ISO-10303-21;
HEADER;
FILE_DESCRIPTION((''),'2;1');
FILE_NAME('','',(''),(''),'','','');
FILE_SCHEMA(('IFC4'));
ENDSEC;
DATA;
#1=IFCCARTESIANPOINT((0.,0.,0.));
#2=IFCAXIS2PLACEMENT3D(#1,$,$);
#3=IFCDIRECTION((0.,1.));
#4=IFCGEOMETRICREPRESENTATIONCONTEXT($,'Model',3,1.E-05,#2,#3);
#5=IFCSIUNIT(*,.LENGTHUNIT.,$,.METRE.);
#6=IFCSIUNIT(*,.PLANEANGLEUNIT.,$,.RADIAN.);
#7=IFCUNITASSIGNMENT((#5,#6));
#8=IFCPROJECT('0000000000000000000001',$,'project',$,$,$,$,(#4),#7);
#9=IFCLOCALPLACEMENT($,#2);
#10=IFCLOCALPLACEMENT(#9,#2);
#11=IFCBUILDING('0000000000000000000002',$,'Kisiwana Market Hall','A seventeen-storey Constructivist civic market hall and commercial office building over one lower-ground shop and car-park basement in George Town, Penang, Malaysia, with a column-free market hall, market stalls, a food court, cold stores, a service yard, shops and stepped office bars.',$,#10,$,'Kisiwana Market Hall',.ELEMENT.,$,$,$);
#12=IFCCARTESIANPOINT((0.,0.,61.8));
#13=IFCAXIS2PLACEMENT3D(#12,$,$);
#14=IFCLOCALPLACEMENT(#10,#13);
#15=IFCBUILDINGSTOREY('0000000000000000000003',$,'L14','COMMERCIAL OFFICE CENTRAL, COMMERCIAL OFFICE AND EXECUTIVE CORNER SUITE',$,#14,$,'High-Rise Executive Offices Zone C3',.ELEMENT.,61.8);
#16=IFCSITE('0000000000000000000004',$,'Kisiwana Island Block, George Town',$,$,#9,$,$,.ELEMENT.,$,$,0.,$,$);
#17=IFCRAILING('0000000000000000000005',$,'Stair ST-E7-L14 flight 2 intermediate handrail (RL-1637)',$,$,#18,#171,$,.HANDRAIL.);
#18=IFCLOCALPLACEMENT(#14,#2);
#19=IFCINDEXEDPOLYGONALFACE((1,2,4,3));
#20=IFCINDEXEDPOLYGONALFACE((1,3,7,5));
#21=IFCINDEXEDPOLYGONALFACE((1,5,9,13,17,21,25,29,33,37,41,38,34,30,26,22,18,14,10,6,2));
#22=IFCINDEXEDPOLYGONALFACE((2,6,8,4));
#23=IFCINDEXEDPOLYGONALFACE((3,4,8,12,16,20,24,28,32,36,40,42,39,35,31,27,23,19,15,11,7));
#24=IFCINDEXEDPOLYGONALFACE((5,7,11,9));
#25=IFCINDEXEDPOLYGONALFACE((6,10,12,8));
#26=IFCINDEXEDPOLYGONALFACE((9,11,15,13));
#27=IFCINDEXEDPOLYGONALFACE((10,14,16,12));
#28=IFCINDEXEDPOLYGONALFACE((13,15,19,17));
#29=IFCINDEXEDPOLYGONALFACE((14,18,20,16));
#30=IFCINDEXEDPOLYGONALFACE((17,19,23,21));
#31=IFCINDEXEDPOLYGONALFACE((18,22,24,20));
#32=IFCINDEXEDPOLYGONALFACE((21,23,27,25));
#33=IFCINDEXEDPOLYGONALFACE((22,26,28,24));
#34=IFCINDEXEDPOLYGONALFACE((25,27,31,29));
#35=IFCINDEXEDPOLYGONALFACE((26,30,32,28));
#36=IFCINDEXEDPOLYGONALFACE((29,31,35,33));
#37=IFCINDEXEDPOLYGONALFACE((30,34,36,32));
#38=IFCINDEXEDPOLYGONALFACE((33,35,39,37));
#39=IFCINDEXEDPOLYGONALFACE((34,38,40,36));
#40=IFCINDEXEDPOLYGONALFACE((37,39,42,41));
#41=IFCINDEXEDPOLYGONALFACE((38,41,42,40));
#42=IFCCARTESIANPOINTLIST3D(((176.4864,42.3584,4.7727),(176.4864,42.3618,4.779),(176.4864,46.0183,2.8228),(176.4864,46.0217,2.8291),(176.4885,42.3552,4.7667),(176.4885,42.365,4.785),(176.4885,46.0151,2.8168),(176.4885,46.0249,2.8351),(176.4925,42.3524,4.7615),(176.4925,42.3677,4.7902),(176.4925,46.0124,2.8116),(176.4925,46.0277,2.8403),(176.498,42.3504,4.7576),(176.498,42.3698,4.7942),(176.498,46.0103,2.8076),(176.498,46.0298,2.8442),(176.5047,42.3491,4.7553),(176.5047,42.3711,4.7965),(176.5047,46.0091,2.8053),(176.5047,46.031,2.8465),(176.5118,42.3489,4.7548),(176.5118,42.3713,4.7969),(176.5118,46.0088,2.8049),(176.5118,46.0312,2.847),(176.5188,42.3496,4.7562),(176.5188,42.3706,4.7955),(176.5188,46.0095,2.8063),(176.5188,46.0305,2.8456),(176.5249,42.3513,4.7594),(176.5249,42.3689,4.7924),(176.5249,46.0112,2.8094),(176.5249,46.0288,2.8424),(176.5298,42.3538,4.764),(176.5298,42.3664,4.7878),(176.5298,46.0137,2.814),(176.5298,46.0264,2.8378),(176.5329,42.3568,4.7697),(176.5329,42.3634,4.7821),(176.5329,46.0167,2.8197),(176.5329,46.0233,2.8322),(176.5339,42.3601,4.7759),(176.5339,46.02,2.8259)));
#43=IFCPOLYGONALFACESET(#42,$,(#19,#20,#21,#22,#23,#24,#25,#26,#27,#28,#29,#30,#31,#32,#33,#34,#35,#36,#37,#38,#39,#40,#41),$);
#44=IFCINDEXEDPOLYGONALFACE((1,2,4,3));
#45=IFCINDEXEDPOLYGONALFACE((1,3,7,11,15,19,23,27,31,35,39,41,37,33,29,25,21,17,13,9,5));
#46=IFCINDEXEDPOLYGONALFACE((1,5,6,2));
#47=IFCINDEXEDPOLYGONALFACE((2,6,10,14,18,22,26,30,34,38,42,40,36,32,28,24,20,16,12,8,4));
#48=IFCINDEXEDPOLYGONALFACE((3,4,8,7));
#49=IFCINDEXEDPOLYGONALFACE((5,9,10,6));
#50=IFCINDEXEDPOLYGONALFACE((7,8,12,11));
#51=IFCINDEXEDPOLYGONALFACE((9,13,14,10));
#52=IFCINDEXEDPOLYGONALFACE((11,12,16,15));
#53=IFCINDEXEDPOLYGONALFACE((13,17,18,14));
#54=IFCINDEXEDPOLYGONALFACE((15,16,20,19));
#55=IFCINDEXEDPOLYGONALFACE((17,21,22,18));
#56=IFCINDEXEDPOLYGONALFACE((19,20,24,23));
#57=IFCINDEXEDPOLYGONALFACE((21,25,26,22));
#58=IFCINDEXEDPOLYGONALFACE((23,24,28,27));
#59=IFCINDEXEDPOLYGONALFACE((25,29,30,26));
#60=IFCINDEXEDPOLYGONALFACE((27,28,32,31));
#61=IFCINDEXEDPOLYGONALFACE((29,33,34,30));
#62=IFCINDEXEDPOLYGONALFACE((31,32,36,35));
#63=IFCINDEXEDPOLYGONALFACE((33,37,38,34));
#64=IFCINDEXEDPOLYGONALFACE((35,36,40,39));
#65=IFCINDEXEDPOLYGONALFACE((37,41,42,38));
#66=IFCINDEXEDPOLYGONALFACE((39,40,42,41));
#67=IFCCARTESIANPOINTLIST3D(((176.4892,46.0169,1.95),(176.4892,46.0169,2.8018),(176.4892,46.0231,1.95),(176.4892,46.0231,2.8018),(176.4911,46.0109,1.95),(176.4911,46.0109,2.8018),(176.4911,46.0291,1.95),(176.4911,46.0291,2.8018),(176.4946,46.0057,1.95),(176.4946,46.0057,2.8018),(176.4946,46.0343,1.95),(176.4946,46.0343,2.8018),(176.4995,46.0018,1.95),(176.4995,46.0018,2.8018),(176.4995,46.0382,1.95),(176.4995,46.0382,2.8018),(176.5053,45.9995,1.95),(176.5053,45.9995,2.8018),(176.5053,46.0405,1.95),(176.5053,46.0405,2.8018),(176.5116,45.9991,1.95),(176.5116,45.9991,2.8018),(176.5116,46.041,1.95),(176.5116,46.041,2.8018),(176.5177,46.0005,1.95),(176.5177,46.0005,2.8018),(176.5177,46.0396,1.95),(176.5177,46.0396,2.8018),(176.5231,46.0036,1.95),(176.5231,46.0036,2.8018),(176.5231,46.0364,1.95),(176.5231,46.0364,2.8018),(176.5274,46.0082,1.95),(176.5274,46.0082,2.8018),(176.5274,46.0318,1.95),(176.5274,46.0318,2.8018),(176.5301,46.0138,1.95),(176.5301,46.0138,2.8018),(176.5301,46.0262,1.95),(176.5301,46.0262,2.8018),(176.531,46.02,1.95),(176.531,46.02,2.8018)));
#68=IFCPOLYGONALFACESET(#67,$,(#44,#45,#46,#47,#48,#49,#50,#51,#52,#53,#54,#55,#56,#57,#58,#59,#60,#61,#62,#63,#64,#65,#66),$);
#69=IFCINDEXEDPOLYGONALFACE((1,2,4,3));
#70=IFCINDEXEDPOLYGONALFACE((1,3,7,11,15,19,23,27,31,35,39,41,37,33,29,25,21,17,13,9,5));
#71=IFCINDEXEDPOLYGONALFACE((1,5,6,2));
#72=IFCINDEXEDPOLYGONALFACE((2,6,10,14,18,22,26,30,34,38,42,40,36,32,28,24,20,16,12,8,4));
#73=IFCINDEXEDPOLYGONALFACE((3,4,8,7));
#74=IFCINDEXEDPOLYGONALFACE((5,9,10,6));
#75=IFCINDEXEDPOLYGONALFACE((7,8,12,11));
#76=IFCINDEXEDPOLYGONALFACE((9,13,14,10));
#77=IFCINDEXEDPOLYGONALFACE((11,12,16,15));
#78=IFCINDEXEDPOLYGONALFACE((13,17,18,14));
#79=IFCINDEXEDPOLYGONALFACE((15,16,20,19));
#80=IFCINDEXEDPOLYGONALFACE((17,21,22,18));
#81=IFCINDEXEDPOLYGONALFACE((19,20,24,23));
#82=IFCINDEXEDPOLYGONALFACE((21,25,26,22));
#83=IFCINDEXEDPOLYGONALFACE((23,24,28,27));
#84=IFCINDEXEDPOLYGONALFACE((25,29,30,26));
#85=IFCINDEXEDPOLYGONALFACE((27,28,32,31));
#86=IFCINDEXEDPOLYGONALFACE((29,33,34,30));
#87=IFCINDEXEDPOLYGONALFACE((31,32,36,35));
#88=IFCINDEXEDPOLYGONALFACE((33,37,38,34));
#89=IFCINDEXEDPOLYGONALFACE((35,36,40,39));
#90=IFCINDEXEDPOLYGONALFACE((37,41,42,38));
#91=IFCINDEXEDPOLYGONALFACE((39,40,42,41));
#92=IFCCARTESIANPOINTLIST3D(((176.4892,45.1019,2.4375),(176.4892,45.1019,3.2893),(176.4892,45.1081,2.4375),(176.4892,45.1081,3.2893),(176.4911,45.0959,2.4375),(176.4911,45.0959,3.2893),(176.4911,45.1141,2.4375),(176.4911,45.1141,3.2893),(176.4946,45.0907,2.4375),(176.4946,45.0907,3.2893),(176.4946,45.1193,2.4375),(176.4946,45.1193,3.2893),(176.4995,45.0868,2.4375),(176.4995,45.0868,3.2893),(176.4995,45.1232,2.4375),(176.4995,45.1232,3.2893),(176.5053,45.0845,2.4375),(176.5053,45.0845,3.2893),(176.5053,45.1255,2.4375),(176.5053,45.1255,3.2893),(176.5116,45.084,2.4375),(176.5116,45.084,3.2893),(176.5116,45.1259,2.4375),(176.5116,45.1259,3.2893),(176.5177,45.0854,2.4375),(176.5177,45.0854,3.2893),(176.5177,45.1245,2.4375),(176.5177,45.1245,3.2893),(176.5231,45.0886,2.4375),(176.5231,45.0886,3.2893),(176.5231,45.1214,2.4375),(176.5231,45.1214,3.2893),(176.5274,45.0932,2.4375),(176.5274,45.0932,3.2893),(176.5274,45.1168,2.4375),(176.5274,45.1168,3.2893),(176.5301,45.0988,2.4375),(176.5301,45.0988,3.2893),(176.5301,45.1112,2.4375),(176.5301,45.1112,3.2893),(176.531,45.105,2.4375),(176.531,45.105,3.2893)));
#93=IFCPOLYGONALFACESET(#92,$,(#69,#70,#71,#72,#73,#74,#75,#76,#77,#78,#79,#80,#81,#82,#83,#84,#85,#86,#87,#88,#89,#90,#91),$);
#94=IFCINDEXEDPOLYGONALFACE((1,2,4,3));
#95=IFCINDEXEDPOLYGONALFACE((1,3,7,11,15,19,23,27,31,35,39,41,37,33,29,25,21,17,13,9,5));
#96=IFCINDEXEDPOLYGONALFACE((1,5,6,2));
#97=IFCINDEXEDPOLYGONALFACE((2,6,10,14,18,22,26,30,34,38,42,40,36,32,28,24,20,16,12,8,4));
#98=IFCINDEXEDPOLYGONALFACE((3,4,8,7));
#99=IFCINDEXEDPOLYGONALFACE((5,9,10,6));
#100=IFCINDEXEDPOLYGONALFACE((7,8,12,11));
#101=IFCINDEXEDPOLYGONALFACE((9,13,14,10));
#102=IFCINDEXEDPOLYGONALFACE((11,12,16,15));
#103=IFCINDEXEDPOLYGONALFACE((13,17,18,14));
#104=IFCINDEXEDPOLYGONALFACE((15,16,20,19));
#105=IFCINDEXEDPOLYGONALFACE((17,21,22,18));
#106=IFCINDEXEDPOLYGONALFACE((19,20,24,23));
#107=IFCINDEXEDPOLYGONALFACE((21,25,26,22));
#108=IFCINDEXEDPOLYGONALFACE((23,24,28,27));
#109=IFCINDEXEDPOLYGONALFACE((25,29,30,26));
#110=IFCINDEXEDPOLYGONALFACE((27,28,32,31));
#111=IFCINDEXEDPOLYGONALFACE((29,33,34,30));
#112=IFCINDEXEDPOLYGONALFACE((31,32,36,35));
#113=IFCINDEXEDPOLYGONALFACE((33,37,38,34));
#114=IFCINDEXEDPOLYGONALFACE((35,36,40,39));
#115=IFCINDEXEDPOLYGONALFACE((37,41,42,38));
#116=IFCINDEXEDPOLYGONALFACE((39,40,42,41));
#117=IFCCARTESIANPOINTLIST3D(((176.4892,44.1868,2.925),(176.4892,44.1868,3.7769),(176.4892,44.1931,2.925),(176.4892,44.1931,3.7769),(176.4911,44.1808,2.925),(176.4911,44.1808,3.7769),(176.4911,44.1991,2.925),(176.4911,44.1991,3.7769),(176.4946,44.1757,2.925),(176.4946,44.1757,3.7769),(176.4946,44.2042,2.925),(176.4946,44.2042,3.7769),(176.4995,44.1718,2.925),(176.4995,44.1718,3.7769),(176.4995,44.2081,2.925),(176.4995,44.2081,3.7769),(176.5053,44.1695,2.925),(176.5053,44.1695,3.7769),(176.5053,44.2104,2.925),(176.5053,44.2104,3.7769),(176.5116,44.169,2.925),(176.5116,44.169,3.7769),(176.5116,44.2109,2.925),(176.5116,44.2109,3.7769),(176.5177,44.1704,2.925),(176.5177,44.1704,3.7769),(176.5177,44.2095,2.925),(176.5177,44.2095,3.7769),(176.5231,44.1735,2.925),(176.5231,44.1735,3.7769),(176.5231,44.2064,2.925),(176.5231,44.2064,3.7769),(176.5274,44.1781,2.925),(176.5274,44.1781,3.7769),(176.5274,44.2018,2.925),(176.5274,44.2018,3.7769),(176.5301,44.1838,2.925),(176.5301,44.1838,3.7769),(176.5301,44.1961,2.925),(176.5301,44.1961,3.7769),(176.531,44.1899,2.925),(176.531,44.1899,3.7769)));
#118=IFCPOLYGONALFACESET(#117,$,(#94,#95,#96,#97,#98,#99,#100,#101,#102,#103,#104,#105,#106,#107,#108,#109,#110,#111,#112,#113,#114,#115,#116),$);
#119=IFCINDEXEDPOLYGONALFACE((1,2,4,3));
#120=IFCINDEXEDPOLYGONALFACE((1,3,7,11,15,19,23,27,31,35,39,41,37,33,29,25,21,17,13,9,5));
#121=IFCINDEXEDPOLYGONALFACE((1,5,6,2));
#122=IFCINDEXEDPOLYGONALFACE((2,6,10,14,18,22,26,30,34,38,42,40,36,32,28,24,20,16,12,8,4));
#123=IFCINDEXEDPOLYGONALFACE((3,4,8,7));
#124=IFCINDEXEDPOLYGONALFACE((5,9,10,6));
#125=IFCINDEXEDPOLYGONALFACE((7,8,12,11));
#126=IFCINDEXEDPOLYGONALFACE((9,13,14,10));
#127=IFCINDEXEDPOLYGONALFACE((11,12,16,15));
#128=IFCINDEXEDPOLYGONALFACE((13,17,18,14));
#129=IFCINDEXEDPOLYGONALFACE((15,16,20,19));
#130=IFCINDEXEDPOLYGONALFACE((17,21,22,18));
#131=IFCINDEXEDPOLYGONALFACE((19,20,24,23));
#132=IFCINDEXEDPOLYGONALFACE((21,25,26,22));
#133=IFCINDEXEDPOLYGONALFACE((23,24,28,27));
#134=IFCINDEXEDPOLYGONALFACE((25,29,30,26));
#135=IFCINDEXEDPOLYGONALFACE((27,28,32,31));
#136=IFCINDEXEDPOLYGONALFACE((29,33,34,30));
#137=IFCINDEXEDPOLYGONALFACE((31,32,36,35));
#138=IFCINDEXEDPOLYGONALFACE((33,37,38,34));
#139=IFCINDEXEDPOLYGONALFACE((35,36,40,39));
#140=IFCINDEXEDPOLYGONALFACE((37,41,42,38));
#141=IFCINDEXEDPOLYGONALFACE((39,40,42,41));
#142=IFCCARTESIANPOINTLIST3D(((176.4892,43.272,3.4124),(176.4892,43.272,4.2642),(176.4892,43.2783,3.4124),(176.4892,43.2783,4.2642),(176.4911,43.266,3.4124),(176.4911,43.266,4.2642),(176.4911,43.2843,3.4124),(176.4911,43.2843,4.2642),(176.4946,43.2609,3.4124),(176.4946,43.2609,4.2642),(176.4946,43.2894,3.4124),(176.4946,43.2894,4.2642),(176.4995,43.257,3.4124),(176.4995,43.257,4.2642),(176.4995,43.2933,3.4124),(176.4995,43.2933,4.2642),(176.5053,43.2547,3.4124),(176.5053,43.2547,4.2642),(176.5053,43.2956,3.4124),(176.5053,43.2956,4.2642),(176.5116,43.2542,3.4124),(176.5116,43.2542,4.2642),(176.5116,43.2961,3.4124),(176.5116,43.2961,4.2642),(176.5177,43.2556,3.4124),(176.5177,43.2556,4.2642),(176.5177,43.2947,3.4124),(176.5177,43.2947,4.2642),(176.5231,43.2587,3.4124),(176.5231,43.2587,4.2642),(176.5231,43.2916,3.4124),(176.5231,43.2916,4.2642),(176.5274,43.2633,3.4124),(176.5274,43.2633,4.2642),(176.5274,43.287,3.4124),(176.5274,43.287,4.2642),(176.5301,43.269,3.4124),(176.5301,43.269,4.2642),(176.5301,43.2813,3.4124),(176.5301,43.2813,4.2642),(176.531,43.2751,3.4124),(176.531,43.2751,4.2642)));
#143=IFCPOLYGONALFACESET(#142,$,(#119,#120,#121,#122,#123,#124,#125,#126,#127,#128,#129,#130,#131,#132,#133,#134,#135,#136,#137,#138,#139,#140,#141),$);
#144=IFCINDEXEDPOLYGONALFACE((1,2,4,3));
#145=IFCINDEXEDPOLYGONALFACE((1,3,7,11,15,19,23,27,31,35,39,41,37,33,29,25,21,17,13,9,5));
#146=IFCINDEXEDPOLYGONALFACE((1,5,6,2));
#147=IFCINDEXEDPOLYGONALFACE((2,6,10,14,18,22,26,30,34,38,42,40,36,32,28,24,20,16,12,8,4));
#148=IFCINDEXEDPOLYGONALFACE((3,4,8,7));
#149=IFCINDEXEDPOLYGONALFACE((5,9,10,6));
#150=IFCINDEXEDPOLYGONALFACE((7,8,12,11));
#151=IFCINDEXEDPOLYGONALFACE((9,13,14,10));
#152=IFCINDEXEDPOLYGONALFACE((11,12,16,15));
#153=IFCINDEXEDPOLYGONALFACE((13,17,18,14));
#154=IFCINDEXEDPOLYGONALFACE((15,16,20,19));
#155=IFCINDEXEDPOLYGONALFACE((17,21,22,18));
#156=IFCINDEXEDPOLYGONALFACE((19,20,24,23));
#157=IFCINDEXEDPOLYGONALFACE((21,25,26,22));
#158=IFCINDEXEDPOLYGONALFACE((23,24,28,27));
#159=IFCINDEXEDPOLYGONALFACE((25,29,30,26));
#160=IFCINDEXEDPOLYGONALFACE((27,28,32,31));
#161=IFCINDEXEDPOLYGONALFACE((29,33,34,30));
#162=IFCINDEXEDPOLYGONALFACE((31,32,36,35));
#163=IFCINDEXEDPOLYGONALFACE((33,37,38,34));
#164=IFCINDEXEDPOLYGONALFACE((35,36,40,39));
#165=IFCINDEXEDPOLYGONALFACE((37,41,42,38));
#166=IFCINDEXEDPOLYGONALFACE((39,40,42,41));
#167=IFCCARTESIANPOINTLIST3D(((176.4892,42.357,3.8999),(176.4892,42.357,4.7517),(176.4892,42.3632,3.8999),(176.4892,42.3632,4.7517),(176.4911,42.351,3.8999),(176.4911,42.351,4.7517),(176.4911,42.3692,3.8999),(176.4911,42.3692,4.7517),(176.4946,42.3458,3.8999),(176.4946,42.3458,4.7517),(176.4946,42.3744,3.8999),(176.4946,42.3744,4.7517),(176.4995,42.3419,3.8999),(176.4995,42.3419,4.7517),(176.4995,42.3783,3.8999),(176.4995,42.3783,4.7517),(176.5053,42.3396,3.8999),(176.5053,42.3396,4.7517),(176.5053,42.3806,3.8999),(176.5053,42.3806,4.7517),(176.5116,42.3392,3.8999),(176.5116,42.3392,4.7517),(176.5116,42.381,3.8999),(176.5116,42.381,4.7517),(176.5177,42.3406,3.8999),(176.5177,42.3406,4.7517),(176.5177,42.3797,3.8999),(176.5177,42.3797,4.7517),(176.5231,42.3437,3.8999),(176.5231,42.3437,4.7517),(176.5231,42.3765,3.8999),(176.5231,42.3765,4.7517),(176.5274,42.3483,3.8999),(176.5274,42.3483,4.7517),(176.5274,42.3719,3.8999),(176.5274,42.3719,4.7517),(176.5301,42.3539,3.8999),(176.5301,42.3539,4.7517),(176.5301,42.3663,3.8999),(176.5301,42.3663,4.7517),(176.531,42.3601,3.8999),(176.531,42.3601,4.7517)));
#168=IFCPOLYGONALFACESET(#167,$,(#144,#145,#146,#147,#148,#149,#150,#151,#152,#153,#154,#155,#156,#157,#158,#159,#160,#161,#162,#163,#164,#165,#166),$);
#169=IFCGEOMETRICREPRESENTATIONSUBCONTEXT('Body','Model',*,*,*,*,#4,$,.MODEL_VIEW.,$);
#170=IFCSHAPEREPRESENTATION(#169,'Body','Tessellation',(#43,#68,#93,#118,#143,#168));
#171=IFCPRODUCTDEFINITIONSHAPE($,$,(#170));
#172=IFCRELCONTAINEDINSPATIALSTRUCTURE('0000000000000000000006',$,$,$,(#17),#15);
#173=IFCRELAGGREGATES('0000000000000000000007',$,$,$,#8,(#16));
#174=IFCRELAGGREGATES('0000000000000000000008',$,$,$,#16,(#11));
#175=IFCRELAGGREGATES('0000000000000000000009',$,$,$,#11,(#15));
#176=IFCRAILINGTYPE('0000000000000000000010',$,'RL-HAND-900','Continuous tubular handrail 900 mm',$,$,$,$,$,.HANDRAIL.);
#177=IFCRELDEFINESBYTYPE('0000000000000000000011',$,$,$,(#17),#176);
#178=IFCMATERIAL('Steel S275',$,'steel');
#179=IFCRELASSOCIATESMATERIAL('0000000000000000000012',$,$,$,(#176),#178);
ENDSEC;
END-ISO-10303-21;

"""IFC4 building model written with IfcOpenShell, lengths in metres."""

from ifc_helpers import new_model, si_unit, direction, frame, origin, origin_2d, place, context, subcontext, project, spatial, circle, extrude, material, type_object, element, save


model = new_model("IFC4")

# Units and contexts
model_context = context("Model", 3, precision=1e-05, world=origin(), true_north=direction((0.0, 1.0)))
body_context = subcontext(model_context, "Body", "Model", "MODEL_VIEW")
ifc_project = project(units=[si_unit("LENGTHUNIT", "METRE"), si_unit("PLANEANGLEUNIT", "RADIAN")], contexts=[model_context])

# Site, building, storey
site_placement = place(None, origin())
site = spatial("IfcSite", under=ifc_project, at=site_placement, Name="Kisiwana Island Block, George Town", CompositionType="ELEMENT", RefElevation=0.0)
building_placement = place(site_placement, origin())
building = spatial("IfcBuilding", under=site, at=building_placement, Name="Kisiwana Market Hall", Description="A seventeen-storey Constructivist civic market hall and commercial office building over one lower-ground shop and car-park basement in George Town, Penang, Malaysia, with a column-free market hall, market stalls, a food court, cold stores, a service yard, shops and stepped office bars.", LongName="Kisiwana Market Hall", CompositionType="ELEMENT")
storey_placement = place(building_placement, frame((0.0, 0.0, 61.8)))
storey = spatial("IfcBuildingStorey", under=building, at=storey_placement, Name="L14", Description="COMMERCIAL OFFICE CENTRAL, COMMERCIAL OFFICE AND EXECUTIVE CORNER SUITE", LongName="High-Rise Executive Offices Zone C3", CompositionType="ELEMENT", Elevation=61.8)

# Railing
ifc_material_1 = material(Name="Steel S275", Category="steel")
railing_type_1 = type_object("IfcRailingType", Name="RL-HAND-900", Description="Continuous tubular handrail 900 mm", PredefinedType="HANDRAIL", material=ifc_material_1)
railing_1_placement = place(storey_placement, frame((176.51, 46.02, 1.95)))
element("IfcRailing", 1, at=railing_1_placement, inside=storey, type_object=railing_type_1, Name="Stair ST-E7-L14 flight 2 intermediate handrail (RL-1637)", PredefinedType="HANDRAIL", context=body_context, shape_type="SweptSolid", body=[
    extrude(circle(Radius=0.0239, at=origin_2d()), frame((0.0, 0.0, 0.876), z_axis=(0.0, -0.882553, 0.470212), x_axis=(1.0, 0.0, 0.0)), (0.0, 0.0, 1.0), 4.147),
    extrude(circle(Radius=0.021, at=origin_2d()), origin(), (0.0, 0.0, 1.0), 0.8518),
    extrude(circle(Radius=0.021, at=origin_2d()), frame((0.0, -0.915, 0.4875)), (0.0, 0.0, 1.0), 0.8518),
    extrude(circle(Radius=0.021, at=origin_2d()), frame((0.0, -1.8301, 0.9751)), (0.0, 0.0, 1.0), 0.8518),
    extrude(circle(Radius=0.021, at=origin_2d()), frame((0.0, -2.7449, 1.4624)), (0.0, 0.0, 1.0), 0.8518),
    extrude(circle(Radius=0.021, at=origin_2d()), frame((0.0, -3.6599, 1.95)), (0.0, 0.0, 1.0), 0.8518),
])

save(model, "model.ifc")
